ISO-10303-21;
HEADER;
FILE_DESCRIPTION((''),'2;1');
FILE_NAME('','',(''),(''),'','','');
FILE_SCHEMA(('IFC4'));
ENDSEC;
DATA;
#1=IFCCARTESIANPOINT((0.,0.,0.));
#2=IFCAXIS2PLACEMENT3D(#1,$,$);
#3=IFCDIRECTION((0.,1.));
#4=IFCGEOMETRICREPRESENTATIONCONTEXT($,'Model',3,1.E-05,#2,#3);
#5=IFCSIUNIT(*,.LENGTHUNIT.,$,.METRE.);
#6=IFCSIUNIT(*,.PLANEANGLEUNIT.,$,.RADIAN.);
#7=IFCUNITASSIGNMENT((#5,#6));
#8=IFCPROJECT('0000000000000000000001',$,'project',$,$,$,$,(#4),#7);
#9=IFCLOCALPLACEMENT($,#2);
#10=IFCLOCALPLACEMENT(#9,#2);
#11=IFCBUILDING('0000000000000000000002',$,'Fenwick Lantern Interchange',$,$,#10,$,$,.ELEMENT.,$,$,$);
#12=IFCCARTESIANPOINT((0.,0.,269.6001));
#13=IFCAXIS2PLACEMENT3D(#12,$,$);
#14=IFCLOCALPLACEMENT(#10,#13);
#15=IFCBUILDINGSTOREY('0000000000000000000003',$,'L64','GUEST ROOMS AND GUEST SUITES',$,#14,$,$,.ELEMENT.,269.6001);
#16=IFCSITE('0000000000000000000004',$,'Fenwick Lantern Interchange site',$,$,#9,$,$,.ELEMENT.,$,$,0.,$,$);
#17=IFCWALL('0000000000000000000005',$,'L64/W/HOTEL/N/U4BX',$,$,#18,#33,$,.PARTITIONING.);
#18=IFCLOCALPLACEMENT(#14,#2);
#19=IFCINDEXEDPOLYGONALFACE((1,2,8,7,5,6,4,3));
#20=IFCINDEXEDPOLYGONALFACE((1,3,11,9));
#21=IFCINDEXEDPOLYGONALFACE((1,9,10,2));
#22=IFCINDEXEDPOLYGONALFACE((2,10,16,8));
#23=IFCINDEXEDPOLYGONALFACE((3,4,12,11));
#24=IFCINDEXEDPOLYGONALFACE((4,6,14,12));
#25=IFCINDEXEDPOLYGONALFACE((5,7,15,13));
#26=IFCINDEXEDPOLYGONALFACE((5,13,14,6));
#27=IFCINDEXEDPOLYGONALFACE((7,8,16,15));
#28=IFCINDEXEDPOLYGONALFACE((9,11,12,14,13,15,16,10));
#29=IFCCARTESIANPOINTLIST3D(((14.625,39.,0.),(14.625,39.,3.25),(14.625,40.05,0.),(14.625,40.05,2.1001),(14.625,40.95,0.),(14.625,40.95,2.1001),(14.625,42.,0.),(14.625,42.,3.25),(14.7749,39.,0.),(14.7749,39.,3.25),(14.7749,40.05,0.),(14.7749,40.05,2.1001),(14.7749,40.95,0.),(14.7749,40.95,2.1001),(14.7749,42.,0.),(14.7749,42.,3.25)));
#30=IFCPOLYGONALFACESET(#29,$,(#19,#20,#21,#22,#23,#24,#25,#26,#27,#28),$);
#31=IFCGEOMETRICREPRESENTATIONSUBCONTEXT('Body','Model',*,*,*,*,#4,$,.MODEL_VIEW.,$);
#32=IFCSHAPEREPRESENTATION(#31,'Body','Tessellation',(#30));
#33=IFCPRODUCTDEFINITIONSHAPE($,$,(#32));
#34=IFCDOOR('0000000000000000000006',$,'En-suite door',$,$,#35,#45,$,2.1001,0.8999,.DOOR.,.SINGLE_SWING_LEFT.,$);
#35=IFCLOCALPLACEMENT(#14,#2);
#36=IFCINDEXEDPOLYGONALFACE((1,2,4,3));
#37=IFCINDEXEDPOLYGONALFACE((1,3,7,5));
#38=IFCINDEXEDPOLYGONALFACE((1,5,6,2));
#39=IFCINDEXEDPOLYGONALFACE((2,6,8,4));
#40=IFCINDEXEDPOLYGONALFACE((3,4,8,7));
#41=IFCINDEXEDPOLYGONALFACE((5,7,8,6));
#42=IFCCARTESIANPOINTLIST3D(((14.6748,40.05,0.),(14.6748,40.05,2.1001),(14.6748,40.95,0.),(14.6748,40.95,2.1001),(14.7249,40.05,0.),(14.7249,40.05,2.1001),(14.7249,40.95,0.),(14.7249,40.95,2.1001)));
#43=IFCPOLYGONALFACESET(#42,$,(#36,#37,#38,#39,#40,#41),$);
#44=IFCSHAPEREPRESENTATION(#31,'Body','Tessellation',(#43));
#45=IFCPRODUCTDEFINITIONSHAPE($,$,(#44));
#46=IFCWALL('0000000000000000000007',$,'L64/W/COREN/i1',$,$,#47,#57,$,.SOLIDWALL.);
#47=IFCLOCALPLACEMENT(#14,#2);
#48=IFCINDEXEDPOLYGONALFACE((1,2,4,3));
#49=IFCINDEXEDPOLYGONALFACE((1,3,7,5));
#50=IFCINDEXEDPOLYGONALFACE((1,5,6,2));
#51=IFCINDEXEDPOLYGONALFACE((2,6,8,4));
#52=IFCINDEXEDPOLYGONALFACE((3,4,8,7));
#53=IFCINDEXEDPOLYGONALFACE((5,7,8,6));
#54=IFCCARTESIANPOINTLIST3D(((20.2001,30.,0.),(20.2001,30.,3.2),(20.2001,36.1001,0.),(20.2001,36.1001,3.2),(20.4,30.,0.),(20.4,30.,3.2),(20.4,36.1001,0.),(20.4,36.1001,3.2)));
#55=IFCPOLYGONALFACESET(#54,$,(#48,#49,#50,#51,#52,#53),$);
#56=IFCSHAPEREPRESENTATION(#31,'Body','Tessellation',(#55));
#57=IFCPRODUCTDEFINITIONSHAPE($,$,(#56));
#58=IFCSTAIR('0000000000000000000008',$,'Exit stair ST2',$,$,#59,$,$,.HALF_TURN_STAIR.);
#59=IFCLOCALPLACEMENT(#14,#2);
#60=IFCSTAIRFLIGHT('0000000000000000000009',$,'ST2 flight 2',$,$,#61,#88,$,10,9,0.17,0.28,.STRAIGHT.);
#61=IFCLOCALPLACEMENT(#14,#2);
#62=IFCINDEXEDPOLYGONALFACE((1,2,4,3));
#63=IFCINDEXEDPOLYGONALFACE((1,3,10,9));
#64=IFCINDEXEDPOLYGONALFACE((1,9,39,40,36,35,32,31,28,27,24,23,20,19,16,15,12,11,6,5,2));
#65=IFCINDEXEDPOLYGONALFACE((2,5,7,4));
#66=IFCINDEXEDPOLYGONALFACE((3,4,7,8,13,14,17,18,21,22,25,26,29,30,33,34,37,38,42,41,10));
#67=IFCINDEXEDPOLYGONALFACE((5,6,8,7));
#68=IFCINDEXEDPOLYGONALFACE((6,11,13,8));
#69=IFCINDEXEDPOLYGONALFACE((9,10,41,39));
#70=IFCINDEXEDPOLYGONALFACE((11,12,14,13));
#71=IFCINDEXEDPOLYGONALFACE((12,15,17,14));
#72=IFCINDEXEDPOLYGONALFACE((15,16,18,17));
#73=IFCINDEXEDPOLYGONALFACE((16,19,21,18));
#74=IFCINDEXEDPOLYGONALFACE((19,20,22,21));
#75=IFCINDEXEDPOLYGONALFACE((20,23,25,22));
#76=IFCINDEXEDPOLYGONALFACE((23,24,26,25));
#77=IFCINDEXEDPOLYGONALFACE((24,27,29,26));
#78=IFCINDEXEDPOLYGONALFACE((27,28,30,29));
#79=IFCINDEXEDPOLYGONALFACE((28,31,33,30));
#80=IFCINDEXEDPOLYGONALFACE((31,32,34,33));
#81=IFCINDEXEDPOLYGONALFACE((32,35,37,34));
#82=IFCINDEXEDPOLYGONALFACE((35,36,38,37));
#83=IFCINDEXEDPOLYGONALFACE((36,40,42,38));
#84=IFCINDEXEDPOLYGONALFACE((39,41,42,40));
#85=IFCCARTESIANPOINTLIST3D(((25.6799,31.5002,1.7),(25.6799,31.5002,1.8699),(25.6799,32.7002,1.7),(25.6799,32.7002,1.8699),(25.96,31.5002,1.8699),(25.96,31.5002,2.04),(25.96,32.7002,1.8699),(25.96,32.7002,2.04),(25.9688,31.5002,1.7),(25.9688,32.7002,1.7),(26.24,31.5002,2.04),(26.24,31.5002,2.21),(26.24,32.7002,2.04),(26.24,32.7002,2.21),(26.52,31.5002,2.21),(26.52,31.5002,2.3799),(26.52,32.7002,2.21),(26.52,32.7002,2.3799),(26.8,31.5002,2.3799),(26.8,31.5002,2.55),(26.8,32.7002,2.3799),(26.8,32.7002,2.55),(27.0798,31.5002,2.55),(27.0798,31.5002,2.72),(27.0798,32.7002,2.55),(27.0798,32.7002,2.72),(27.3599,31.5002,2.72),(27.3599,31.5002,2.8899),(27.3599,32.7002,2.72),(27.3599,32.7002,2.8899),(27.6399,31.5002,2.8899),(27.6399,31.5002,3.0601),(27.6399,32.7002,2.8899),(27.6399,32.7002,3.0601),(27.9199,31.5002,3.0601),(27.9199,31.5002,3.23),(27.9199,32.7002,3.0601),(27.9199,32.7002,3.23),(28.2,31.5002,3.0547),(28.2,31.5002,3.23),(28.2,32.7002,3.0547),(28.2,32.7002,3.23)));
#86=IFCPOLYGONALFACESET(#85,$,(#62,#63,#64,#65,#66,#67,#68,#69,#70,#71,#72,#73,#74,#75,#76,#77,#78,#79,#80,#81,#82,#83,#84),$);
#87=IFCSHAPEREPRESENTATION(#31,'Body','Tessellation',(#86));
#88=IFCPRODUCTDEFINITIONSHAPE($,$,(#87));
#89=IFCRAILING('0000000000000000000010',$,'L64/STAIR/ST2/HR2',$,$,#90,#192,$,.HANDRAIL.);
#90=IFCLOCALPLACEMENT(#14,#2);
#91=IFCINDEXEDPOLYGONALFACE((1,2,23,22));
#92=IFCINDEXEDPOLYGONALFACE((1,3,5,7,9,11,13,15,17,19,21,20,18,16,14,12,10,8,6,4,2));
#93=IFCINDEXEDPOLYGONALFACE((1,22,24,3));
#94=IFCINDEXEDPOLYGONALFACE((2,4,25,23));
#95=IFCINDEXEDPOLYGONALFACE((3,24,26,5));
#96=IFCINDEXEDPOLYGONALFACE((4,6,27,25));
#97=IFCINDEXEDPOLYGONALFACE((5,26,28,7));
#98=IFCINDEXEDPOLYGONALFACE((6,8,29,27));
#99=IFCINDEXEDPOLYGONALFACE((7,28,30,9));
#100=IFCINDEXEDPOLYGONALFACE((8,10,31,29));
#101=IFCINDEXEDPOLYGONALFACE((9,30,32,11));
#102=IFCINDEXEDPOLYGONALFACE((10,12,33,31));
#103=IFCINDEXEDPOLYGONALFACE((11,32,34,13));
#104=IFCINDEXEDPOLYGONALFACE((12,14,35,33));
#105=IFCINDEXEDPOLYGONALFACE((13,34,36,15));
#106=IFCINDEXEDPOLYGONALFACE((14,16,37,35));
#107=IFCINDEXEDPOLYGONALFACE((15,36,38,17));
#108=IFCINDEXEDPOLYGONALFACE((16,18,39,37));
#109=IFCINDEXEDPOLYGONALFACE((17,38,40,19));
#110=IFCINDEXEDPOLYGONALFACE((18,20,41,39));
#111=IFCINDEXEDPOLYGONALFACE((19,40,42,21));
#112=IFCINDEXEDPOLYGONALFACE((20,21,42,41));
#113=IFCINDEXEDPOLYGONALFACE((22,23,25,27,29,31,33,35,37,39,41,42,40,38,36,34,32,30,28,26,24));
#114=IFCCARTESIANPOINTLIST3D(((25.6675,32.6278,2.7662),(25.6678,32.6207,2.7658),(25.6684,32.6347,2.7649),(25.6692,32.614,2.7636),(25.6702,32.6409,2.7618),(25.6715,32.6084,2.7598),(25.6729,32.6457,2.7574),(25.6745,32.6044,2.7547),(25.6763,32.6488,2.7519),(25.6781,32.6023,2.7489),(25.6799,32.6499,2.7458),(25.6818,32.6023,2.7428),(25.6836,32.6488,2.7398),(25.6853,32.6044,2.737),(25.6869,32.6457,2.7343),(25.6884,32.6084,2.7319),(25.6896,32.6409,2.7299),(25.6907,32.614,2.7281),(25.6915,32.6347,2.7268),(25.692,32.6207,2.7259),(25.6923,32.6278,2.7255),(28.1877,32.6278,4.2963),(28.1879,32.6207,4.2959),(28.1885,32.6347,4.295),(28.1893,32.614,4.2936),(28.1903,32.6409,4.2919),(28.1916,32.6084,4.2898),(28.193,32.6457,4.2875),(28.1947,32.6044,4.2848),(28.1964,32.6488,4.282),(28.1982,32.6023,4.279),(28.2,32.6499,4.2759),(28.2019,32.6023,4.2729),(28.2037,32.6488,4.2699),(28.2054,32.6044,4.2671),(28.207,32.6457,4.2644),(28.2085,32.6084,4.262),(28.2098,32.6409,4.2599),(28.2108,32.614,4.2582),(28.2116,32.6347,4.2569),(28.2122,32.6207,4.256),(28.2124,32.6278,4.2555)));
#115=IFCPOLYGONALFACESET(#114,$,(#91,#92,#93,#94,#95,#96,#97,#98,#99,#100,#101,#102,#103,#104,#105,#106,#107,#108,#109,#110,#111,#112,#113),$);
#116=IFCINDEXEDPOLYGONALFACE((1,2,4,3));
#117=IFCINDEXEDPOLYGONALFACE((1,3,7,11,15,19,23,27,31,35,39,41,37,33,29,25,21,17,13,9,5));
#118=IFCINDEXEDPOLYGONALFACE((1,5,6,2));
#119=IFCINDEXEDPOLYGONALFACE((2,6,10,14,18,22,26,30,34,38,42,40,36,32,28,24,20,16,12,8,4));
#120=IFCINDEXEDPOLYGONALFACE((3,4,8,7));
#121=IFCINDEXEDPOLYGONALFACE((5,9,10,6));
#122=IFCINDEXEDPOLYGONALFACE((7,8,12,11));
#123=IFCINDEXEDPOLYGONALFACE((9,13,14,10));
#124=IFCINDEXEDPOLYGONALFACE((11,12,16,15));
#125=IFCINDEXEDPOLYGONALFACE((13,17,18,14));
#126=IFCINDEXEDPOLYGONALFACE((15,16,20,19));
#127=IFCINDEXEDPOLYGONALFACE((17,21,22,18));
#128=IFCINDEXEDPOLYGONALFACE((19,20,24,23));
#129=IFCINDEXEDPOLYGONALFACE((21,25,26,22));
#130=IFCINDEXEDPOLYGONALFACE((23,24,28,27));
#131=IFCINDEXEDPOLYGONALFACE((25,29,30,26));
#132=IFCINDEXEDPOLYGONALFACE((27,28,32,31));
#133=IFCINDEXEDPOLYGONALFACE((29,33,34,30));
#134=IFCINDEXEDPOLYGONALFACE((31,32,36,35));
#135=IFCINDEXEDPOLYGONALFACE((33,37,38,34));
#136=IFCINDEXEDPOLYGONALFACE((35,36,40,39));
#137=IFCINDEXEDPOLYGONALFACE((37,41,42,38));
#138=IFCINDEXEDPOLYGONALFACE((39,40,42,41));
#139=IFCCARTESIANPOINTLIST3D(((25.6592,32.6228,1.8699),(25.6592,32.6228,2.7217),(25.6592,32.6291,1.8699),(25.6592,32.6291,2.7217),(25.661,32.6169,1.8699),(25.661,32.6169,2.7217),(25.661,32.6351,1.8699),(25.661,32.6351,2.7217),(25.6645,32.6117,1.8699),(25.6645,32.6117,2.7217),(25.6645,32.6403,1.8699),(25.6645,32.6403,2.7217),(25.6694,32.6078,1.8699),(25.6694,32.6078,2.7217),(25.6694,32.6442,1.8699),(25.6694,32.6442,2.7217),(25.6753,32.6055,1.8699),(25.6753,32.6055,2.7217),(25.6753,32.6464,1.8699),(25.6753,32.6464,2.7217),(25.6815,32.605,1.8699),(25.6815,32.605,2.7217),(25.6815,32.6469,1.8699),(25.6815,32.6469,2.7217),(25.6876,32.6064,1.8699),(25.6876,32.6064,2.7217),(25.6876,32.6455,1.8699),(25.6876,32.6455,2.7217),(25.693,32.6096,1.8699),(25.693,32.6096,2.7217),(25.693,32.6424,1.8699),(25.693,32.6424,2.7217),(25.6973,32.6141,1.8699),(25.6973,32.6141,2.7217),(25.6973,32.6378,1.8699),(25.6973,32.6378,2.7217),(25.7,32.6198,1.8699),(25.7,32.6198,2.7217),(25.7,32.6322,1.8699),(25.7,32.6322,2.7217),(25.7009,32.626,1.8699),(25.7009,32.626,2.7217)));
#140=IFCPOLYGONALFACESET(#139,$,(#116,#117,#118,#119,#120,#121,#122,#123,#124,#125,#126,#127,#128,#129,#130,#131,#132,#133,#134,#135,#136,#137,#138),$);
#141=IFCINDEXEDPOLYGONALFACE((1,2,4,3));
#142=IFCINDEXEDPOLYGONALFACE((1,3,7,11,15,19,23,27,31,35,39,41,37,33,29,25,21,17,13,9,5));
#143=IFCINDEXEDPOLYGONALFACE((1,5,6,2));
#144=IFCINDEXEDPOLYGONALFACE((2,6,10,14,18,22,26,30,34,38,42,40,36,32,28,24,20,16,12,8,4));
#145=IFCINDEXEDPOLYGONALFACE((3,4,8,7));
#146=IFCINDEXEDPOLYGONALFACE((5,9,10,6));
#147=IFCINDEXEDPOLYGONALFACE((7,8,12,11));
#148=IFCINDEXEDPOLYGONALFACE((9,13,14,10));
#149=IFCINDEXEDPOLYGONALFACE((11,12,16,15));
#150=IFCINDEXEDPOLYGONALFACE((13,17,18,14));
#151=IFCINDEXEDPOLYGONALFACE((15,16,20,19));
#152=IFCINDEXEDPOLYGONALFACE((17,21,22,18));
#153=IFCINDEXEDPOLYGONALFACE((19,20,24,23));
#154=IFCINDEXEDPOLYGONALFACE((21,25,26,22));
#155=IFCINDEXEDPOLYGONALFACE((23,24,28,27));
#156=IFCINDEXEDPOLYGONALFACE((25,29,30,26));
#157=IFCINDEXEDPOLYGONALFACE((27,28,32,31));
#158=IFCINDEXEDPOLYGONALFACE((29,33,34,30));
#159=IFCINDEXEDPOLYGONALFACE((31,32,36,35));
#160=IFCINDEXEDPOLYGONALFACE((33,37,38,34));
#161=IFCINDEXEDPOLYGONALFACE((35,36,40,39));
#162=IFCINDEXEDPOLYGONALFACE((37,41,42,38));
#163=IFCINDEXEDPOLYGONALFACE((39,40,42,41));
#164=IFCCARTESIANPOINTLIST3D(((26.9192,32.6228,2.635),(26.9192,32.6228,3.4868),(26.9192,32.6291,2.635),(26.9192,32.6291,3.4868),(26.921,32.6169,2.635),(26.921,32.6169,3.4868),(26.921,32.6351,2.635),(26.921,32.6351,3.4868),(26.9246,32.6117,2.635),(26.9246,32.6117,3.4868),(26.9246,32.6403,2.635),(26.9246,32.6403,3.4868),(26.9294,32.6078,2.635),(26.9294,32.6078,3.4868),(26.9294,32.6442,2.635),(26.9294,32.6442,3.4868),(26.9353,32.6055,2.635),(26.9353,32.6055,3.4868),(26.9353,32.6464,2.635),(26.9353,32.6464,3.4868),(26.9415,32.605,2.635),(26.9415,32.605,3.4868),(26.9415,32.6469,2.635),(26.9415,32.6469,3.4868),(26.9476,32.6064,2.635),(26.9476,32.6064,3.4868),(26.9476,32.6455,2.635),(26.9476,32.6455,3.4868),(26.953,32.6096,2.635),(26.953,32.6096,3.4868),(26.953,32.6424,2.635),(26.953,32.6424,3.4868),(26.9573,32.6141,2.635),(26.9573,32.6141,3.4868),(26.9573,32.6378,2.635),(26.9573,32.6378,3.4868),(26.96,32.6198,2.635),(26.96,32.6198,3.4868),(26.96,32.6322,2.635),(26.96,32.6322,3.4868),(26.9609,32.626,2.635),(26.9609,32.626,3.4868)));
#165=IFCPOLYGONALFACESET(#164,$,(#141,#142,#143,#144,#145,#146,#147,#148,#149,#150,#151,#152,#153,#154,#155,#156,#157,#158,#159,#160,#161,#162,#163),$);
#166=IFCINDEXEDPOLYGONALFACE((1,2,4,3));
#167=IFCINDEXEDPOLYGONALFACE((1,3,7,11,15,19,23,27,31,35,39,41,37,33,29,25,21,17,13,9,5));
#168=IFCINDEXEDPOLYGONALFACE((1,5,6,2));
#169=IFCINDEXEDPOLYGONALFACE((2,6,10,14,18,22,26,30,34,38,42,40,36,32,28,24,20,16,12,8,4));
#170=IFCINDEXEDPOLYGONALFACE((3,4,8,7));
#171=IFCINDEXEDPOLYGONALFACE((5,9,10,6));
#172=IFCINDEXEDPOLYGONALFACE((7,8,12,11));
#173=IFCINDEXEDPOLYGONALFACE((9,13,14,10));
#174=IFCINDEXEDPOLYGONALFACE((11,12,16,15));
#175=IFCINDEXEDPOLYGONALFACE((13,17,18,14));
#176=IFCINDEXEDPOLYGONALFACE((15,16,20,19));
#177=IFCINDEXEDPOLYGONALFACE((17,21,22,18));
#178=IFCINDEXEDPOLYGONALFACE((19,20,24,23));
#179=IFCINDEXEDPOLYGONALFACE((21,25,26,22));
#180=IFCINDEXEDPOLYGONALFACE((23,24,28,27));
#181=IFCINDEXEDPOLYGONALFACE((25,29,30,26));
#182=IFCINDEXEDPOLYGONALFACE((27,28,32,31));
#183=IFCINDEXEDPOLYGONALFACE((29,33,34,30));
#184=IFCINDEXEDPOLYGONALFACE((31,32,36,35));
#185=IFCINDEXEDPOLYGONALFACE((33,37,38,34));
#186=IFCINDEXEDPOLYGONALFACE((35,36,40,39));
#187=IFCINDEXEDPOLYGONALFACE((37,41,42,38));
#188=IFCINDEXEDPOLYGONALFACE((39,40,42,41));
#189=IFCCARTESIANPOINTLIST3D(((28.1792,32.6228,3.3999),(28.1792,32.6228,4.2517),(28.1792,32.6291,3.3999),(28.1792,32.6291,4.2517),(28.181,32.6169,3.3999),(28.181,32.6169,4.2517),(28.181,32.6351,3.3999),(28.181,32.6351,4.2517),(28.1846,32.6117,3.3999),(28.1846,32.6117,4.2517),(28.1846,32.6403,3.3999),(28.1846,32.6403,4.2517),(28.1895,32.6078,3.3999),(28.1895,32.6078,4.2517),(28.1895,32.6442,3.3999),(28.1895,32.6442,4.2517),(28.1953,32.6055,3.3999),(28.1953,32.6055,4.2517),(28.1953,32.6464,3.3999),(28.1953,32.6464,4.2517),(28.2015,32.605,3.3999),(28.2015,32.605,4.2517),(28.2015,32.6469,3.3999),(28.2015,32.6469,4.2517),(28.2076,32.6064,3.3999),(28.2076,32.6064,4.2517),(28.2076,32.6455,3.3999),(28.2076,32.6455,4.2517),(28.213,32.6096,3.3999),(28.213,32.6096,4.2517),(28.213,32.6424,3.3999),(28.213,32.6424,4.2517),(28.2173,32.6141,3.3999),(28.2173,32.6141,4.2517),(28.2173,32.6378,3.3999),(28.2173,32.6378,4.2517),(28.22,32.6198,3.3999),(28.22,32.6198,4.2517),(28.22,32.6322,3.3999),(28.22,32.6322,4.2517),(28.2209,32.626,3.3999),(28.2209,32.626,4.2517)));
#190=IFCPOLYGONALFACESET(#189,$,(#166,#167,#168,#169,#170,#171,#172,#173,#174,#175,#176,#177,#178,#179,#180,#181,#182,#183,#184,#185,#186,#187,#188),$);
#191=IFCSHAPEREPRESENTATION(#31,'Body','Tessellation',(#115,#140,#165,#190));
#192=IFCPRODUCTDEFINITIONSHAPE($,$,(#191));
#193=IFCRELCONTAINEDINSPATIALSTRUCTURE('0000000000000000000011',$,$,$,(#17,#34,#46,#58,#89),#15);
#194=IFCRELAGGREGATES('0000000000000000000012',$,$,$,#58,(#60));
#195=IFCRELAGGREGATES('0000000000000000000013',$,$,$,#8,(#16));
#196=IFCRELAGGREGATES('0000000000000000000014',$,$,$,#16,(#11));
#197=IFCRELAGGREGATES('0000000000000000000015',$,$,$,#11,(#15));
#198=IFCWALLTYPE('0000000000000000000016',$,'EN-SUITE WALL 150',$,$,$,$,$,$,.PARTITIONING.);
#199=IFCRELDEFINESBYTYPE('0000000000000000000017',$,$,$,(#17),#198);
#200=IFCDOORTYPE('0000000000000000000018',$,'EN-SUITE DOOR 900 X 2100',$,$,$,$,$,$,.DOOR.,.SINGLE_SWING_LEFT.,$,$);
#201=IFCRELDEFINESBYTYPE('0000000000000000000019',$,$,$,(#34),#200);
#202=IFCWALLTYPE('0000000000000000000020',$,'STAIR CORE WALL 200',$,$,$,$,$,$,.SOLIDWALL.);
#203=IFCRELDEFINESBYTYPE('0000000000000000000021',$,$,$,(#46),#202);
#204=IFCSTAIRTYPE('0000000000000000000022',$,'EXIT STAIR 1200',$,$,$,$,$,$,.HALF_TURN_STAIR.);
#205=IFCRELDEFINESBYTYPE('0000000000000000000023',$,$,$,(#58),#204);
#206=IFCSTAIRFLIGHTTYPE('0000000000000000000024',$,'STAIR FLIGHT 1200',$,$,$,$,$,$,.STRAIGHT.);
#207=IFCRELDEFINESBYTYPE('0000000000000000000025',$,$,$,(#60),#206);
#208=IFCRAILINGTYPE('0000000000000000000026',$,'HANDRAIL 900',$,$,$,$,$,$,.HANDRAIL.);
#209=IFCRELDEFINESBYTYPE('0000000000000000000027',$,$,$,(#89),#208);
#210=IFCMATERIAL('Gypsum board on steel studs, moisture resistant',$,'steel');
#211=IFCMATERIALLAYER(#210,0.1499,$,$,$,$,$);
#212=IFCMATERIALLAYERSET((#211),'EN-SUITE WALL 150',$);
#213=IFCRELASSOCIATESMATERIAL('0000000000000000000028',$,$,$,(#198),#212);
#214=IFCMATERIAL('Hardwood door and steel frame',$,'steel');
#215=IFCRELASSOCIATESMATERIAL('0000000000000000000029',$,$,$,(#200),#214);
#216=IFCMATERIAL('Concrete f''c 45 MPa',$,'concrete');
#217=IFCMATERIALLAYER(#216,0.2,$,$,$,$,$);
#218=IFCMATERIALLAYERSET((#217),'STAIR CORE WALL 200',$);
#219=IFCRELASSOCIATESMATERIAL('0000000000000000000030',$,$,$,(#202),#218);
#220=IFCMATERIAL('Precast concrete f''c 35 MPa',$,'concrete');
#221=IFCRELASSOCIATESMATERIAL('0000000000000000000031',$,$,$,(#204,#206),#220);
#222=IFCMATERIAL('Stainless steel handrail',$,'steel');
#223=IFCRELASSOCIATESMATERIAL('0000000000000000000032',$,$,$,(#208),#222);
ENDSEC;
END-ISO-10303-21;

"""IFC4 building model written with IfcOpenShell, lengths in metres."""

from ifc_helpers import new_model, si_unit, direction, frame, frame_2d, origin, origin_2d, place, context, subcontext, project, spatial, polyline, rectangle, circle, outline, extrude, material, layer, layer_set, type_object, element, fill, aggregate, save


model = new_model("IFC4")

# Units and contexts
model_context = context("Model", 3, precision=1e-05, world=origin(), true_north=direction((0.0, 1.0)))
body_context = subcontext(model_context, "Body", "Model", "MODEL_VIEW")
ifc_project = project(units=[si_unit("LENGTHUNIT", "METRE"), si_unit("PLANEANGLEUNIT", "RADIAN")], contexts=[model_context])

# Site, building, storey
site_placement = place(None, origin())
site = spatial("IfcSite", under=ifc_project, at=site_placement, Name="Fenwick Lantern Interchange site", CompositionType="ELEMENT", RefElevation=0.0)
building_placement = place(site_placement, origin())
building = spatial("IfcBuilding", under=site, at=building_placement, Name="Fenwick Lantern Interchange", CompositionType="ELEMENT")
storey_placement = place(building_placement, frame((0.0, 0.0, 269.6001)))
storey = spatial("IfcBuildingStorey", under=building, at=storey_placement, Name="L64", Description="GUEST ROOMS AND GUEST SUITES", CompositionType="ELEMENT", Elevation=269.6001)

# Shared definitions
ifc_material_1 = material(Name="Hardwood door and steel frame", Category="steel")

# Shared definitions
ifc_material_2 = material(Name="Gypsum board on steel studs, moisture resistant", Category="steel")
ifc_layer_1 = layer(ifc_material_2, 0.1499)
ifc_layer_set_1 = layer_set([ifc_layer_1], Name="EN-SUITE WALL 150")
wall_type_1 = type_object("IfcWallType", Name="EN-SUITE WALL 150", PredefinedType="PARTITIONING", material=ifc_layer_set_1)
door_type_1 = type_object("IfcDoorType", Name="EN-SUITE DOOR 900 X 2100", OperationType="SINGLE_SWING_LEFT", PredefinedType="DOOR", material=ifc_material_1)

# Wall, opening, door
wall_1_placement = place(storey_placement, frame((14.7, 42.0, 0.0), z_axis=(0.0, 0.0, 1.0), x_axis=(0.0, -1.0, 0.0)))
wall_1 = element("IfcWall", 1, at=wall_1_placement, inside=storey, type_object=wall_type_1, Name="L64/W/HOTEL/N/U4BX", PredefinedType="PARTITIONING", context=body_context, shape_type="SweptSolid", body=[
    extrude(rectangle(XDim=3.0, YDim=0.1499, at=frame_2d((1.5, 0.0))), origin(), (0.0, 0.0, 1.0), 3.25),
])
opening_1_placement = place(wall_1_placement, frame((1.05, 0.0, 0.0)))
opening_1 = element("IfcOpeningElement", 2, at=opening_1_placement, cuts=wall_1, PredefinedType="OPENING", context=body_context, shape_type="SweptSolid", body=[
    extrude(rectangle(XDim=0.8999, YDim=2.1001, at=frame_2d((0.45, 1.05))), frame((0.0, 0.085, 0.0), z_axis=(0.0, -1.0, 0.0), x_axis=(1.0, 0.0, 0.0)), (0.0, 0.0, 1.0), 0.1699),
])
door_1_placement = place(opening_1_placement, origin())
door_1 = element("IfcDoor", 3, at=door_1_placement, inside=storey, type_object=door_type_1, Name="En-suite door", OperationType="SINGLE_SWING_LEFT", OverallHeight=2.1001, OverallWidth=0.8999, PredefinedType="DOOR", context=body_context, shape_type="SweptSolid", body=[
    extrude(rectangle(XDim=0.8999, YDim=2.1001, at=frame_2d((0.45, 1.05))), frame((0.0, 0.0249, 0.0), z_axis=(0.0, -1.0, 0.0), x_axis=(1.0, 0.0, 0.0)), (0.0, 0.0, 1.0), 0.05),
])
fill(opening_1, door_1)

# Wall
ifc_material_3 = material(Name="Concrete f'c 45 MPa", Category="concrete")
ifc_layer_2 = layer(ifc_material_3, 0.2)
ifc_layer_set_2 = layer_set([ifc_layer_2], Name="STAIR CORE WALL 200")
wall_type_2 = type_object("IfcWallType", Name="STAIR CORE WALL 200", PredefinedType="SOLIDWALL", material=ifc_layer_set_2)
wall_2_placement = place(storey_placement, frame((20.3, 36.1001, 0.0), z_axis=(0.0, 0.0, 1.0), x_axis=(0.0, -1.0, 0.0)))
element("IfcWall", 4, at=wall_2_placement, inside=storey, type_object=wall_type_2, Name="L64/W/COREN/i1", PredefinedType="SOLIDWALL", context=body_context, shape_type="SweptSolid", body=[
    extrude(rectangle(XDim=6.1001, YDim=0.2, at=frame_2d((3.05, 0.0))), origin(), (0.0, 0.0, 1.0), 3.2),
])

# Stair, stair flight
ifc_material_4 = material(Name="Precast concrete f'c 35 MPa", Category="concrete")
stair_type = type_object("IfcStairType", Name="EXIT STAIR 1200", PredefinedType="HALF_TURN_STAIR", material=ifc_material_4)
stair_placement = place(storey_placement, origin())
stair = element("IfcStair", 5, at=stair_placement, inside=storey, type_object=stair_type, Name="Exit stair ST2", PredefinedType="HALF_TURN_STAIR")
stair_flight_type = type_object("IfcStairFlightType", Name="STAIR FLIGHT 1200", PredefinedType="STRAIGHT", material=ifc_material_4)
stair_flight_placement = place(storey_placement, frame((25.6799, 32.1001, 1.7), z_axis=(0.0, 0.0, 1.0), x_axis=(1.0, 0.0, 0.0)))
stair_flight = element("IfcStairFlight", 6, at=stair_flight_placement, type_object=stair_flight_type, Name="ST2 flight 2", NumberOfRisers=10, NumberOfTreads=9, PredefinedType="STRAIGHT", RiserHeight=0.17, TreadLength=0.28, context=body_context, shape_type="SweptSolid", body=[
    extrude(outline(polyline([(0.0, 0.0), (0.0, 0.1699), (0.28, 0.1699), (0.28, 0.3401), (0.5601, 0.3401), (0.5601, 0.51), (0.8401, 0.51), (0.8401, 0.6799), (1.1201, 0.6799), (1.1201, 0.8501), (1.3999, 0.8501), (1.3999, 1.02), (1.6799, 1.02), (1.6799, 1.1899), (1.96, 1.1899), (1.96, 1.3601), (2.24, 1.3601), (2.24, 1.53), (2.52, 1.53), (2.52, 1.7), (2.52, 1.3547), (0.2888, 0.0), (0.0, 0.0)])), frame((0.0, 0.6001, 0.0), z_axis=(0.0, -1.0, 0.0), x_axis=(1.0, 0.0, 0.0)), (0.0, 0.0, 1.0), 1.2),
])
aggregate(stair, [stair_flight])

# Railing
ifc_material_5 = material(Name="Stainless steel handrail", Category="steel")
railing_type = type_object("IfcRailingType", Name="HANDRAIL 900", PredefinedType="HANDRAIL", material=ifc_material_5)
railing_placement = place(storey_placement, frame((25.6799, 32.626, 1.8699)))
element("IfcRailing", 7, at=railing_placement, inside=storey, type_object=railing_type, Name="L64/STAIR/ST2/HR2", PredefinedType="HANDRAIL", context=body_context, shape_type="SweptSolid", body=[
    extrude(circle(Radius=0.0239, at=origin_2d()), frame((0.0, 0.0, 0.876), z_axis=(0.854785, 0.0, 0.518982), x_axis=(0.0, 1.0, 0.0)), (0.0, 0.0, 1.0), 2.9482),
    extrude(circle(Radius=0.021, at=origin_2d()), origin(), (0.0, 0.0, 1.0), 0.8518),
    extrude(circle(Radius=0.021, at=origin_2d()), frame((1.26, 0.0, 0.7651)), (0.0, 0.0, 1.0), 0.8518),
    extrude(circle(Radius=0.021, at=origin_2d()), frame((2.52, 0.0, 1.53)), (0.0, 0.0, 1.0), 0.8518),
])

save(model, "model.ifc")
